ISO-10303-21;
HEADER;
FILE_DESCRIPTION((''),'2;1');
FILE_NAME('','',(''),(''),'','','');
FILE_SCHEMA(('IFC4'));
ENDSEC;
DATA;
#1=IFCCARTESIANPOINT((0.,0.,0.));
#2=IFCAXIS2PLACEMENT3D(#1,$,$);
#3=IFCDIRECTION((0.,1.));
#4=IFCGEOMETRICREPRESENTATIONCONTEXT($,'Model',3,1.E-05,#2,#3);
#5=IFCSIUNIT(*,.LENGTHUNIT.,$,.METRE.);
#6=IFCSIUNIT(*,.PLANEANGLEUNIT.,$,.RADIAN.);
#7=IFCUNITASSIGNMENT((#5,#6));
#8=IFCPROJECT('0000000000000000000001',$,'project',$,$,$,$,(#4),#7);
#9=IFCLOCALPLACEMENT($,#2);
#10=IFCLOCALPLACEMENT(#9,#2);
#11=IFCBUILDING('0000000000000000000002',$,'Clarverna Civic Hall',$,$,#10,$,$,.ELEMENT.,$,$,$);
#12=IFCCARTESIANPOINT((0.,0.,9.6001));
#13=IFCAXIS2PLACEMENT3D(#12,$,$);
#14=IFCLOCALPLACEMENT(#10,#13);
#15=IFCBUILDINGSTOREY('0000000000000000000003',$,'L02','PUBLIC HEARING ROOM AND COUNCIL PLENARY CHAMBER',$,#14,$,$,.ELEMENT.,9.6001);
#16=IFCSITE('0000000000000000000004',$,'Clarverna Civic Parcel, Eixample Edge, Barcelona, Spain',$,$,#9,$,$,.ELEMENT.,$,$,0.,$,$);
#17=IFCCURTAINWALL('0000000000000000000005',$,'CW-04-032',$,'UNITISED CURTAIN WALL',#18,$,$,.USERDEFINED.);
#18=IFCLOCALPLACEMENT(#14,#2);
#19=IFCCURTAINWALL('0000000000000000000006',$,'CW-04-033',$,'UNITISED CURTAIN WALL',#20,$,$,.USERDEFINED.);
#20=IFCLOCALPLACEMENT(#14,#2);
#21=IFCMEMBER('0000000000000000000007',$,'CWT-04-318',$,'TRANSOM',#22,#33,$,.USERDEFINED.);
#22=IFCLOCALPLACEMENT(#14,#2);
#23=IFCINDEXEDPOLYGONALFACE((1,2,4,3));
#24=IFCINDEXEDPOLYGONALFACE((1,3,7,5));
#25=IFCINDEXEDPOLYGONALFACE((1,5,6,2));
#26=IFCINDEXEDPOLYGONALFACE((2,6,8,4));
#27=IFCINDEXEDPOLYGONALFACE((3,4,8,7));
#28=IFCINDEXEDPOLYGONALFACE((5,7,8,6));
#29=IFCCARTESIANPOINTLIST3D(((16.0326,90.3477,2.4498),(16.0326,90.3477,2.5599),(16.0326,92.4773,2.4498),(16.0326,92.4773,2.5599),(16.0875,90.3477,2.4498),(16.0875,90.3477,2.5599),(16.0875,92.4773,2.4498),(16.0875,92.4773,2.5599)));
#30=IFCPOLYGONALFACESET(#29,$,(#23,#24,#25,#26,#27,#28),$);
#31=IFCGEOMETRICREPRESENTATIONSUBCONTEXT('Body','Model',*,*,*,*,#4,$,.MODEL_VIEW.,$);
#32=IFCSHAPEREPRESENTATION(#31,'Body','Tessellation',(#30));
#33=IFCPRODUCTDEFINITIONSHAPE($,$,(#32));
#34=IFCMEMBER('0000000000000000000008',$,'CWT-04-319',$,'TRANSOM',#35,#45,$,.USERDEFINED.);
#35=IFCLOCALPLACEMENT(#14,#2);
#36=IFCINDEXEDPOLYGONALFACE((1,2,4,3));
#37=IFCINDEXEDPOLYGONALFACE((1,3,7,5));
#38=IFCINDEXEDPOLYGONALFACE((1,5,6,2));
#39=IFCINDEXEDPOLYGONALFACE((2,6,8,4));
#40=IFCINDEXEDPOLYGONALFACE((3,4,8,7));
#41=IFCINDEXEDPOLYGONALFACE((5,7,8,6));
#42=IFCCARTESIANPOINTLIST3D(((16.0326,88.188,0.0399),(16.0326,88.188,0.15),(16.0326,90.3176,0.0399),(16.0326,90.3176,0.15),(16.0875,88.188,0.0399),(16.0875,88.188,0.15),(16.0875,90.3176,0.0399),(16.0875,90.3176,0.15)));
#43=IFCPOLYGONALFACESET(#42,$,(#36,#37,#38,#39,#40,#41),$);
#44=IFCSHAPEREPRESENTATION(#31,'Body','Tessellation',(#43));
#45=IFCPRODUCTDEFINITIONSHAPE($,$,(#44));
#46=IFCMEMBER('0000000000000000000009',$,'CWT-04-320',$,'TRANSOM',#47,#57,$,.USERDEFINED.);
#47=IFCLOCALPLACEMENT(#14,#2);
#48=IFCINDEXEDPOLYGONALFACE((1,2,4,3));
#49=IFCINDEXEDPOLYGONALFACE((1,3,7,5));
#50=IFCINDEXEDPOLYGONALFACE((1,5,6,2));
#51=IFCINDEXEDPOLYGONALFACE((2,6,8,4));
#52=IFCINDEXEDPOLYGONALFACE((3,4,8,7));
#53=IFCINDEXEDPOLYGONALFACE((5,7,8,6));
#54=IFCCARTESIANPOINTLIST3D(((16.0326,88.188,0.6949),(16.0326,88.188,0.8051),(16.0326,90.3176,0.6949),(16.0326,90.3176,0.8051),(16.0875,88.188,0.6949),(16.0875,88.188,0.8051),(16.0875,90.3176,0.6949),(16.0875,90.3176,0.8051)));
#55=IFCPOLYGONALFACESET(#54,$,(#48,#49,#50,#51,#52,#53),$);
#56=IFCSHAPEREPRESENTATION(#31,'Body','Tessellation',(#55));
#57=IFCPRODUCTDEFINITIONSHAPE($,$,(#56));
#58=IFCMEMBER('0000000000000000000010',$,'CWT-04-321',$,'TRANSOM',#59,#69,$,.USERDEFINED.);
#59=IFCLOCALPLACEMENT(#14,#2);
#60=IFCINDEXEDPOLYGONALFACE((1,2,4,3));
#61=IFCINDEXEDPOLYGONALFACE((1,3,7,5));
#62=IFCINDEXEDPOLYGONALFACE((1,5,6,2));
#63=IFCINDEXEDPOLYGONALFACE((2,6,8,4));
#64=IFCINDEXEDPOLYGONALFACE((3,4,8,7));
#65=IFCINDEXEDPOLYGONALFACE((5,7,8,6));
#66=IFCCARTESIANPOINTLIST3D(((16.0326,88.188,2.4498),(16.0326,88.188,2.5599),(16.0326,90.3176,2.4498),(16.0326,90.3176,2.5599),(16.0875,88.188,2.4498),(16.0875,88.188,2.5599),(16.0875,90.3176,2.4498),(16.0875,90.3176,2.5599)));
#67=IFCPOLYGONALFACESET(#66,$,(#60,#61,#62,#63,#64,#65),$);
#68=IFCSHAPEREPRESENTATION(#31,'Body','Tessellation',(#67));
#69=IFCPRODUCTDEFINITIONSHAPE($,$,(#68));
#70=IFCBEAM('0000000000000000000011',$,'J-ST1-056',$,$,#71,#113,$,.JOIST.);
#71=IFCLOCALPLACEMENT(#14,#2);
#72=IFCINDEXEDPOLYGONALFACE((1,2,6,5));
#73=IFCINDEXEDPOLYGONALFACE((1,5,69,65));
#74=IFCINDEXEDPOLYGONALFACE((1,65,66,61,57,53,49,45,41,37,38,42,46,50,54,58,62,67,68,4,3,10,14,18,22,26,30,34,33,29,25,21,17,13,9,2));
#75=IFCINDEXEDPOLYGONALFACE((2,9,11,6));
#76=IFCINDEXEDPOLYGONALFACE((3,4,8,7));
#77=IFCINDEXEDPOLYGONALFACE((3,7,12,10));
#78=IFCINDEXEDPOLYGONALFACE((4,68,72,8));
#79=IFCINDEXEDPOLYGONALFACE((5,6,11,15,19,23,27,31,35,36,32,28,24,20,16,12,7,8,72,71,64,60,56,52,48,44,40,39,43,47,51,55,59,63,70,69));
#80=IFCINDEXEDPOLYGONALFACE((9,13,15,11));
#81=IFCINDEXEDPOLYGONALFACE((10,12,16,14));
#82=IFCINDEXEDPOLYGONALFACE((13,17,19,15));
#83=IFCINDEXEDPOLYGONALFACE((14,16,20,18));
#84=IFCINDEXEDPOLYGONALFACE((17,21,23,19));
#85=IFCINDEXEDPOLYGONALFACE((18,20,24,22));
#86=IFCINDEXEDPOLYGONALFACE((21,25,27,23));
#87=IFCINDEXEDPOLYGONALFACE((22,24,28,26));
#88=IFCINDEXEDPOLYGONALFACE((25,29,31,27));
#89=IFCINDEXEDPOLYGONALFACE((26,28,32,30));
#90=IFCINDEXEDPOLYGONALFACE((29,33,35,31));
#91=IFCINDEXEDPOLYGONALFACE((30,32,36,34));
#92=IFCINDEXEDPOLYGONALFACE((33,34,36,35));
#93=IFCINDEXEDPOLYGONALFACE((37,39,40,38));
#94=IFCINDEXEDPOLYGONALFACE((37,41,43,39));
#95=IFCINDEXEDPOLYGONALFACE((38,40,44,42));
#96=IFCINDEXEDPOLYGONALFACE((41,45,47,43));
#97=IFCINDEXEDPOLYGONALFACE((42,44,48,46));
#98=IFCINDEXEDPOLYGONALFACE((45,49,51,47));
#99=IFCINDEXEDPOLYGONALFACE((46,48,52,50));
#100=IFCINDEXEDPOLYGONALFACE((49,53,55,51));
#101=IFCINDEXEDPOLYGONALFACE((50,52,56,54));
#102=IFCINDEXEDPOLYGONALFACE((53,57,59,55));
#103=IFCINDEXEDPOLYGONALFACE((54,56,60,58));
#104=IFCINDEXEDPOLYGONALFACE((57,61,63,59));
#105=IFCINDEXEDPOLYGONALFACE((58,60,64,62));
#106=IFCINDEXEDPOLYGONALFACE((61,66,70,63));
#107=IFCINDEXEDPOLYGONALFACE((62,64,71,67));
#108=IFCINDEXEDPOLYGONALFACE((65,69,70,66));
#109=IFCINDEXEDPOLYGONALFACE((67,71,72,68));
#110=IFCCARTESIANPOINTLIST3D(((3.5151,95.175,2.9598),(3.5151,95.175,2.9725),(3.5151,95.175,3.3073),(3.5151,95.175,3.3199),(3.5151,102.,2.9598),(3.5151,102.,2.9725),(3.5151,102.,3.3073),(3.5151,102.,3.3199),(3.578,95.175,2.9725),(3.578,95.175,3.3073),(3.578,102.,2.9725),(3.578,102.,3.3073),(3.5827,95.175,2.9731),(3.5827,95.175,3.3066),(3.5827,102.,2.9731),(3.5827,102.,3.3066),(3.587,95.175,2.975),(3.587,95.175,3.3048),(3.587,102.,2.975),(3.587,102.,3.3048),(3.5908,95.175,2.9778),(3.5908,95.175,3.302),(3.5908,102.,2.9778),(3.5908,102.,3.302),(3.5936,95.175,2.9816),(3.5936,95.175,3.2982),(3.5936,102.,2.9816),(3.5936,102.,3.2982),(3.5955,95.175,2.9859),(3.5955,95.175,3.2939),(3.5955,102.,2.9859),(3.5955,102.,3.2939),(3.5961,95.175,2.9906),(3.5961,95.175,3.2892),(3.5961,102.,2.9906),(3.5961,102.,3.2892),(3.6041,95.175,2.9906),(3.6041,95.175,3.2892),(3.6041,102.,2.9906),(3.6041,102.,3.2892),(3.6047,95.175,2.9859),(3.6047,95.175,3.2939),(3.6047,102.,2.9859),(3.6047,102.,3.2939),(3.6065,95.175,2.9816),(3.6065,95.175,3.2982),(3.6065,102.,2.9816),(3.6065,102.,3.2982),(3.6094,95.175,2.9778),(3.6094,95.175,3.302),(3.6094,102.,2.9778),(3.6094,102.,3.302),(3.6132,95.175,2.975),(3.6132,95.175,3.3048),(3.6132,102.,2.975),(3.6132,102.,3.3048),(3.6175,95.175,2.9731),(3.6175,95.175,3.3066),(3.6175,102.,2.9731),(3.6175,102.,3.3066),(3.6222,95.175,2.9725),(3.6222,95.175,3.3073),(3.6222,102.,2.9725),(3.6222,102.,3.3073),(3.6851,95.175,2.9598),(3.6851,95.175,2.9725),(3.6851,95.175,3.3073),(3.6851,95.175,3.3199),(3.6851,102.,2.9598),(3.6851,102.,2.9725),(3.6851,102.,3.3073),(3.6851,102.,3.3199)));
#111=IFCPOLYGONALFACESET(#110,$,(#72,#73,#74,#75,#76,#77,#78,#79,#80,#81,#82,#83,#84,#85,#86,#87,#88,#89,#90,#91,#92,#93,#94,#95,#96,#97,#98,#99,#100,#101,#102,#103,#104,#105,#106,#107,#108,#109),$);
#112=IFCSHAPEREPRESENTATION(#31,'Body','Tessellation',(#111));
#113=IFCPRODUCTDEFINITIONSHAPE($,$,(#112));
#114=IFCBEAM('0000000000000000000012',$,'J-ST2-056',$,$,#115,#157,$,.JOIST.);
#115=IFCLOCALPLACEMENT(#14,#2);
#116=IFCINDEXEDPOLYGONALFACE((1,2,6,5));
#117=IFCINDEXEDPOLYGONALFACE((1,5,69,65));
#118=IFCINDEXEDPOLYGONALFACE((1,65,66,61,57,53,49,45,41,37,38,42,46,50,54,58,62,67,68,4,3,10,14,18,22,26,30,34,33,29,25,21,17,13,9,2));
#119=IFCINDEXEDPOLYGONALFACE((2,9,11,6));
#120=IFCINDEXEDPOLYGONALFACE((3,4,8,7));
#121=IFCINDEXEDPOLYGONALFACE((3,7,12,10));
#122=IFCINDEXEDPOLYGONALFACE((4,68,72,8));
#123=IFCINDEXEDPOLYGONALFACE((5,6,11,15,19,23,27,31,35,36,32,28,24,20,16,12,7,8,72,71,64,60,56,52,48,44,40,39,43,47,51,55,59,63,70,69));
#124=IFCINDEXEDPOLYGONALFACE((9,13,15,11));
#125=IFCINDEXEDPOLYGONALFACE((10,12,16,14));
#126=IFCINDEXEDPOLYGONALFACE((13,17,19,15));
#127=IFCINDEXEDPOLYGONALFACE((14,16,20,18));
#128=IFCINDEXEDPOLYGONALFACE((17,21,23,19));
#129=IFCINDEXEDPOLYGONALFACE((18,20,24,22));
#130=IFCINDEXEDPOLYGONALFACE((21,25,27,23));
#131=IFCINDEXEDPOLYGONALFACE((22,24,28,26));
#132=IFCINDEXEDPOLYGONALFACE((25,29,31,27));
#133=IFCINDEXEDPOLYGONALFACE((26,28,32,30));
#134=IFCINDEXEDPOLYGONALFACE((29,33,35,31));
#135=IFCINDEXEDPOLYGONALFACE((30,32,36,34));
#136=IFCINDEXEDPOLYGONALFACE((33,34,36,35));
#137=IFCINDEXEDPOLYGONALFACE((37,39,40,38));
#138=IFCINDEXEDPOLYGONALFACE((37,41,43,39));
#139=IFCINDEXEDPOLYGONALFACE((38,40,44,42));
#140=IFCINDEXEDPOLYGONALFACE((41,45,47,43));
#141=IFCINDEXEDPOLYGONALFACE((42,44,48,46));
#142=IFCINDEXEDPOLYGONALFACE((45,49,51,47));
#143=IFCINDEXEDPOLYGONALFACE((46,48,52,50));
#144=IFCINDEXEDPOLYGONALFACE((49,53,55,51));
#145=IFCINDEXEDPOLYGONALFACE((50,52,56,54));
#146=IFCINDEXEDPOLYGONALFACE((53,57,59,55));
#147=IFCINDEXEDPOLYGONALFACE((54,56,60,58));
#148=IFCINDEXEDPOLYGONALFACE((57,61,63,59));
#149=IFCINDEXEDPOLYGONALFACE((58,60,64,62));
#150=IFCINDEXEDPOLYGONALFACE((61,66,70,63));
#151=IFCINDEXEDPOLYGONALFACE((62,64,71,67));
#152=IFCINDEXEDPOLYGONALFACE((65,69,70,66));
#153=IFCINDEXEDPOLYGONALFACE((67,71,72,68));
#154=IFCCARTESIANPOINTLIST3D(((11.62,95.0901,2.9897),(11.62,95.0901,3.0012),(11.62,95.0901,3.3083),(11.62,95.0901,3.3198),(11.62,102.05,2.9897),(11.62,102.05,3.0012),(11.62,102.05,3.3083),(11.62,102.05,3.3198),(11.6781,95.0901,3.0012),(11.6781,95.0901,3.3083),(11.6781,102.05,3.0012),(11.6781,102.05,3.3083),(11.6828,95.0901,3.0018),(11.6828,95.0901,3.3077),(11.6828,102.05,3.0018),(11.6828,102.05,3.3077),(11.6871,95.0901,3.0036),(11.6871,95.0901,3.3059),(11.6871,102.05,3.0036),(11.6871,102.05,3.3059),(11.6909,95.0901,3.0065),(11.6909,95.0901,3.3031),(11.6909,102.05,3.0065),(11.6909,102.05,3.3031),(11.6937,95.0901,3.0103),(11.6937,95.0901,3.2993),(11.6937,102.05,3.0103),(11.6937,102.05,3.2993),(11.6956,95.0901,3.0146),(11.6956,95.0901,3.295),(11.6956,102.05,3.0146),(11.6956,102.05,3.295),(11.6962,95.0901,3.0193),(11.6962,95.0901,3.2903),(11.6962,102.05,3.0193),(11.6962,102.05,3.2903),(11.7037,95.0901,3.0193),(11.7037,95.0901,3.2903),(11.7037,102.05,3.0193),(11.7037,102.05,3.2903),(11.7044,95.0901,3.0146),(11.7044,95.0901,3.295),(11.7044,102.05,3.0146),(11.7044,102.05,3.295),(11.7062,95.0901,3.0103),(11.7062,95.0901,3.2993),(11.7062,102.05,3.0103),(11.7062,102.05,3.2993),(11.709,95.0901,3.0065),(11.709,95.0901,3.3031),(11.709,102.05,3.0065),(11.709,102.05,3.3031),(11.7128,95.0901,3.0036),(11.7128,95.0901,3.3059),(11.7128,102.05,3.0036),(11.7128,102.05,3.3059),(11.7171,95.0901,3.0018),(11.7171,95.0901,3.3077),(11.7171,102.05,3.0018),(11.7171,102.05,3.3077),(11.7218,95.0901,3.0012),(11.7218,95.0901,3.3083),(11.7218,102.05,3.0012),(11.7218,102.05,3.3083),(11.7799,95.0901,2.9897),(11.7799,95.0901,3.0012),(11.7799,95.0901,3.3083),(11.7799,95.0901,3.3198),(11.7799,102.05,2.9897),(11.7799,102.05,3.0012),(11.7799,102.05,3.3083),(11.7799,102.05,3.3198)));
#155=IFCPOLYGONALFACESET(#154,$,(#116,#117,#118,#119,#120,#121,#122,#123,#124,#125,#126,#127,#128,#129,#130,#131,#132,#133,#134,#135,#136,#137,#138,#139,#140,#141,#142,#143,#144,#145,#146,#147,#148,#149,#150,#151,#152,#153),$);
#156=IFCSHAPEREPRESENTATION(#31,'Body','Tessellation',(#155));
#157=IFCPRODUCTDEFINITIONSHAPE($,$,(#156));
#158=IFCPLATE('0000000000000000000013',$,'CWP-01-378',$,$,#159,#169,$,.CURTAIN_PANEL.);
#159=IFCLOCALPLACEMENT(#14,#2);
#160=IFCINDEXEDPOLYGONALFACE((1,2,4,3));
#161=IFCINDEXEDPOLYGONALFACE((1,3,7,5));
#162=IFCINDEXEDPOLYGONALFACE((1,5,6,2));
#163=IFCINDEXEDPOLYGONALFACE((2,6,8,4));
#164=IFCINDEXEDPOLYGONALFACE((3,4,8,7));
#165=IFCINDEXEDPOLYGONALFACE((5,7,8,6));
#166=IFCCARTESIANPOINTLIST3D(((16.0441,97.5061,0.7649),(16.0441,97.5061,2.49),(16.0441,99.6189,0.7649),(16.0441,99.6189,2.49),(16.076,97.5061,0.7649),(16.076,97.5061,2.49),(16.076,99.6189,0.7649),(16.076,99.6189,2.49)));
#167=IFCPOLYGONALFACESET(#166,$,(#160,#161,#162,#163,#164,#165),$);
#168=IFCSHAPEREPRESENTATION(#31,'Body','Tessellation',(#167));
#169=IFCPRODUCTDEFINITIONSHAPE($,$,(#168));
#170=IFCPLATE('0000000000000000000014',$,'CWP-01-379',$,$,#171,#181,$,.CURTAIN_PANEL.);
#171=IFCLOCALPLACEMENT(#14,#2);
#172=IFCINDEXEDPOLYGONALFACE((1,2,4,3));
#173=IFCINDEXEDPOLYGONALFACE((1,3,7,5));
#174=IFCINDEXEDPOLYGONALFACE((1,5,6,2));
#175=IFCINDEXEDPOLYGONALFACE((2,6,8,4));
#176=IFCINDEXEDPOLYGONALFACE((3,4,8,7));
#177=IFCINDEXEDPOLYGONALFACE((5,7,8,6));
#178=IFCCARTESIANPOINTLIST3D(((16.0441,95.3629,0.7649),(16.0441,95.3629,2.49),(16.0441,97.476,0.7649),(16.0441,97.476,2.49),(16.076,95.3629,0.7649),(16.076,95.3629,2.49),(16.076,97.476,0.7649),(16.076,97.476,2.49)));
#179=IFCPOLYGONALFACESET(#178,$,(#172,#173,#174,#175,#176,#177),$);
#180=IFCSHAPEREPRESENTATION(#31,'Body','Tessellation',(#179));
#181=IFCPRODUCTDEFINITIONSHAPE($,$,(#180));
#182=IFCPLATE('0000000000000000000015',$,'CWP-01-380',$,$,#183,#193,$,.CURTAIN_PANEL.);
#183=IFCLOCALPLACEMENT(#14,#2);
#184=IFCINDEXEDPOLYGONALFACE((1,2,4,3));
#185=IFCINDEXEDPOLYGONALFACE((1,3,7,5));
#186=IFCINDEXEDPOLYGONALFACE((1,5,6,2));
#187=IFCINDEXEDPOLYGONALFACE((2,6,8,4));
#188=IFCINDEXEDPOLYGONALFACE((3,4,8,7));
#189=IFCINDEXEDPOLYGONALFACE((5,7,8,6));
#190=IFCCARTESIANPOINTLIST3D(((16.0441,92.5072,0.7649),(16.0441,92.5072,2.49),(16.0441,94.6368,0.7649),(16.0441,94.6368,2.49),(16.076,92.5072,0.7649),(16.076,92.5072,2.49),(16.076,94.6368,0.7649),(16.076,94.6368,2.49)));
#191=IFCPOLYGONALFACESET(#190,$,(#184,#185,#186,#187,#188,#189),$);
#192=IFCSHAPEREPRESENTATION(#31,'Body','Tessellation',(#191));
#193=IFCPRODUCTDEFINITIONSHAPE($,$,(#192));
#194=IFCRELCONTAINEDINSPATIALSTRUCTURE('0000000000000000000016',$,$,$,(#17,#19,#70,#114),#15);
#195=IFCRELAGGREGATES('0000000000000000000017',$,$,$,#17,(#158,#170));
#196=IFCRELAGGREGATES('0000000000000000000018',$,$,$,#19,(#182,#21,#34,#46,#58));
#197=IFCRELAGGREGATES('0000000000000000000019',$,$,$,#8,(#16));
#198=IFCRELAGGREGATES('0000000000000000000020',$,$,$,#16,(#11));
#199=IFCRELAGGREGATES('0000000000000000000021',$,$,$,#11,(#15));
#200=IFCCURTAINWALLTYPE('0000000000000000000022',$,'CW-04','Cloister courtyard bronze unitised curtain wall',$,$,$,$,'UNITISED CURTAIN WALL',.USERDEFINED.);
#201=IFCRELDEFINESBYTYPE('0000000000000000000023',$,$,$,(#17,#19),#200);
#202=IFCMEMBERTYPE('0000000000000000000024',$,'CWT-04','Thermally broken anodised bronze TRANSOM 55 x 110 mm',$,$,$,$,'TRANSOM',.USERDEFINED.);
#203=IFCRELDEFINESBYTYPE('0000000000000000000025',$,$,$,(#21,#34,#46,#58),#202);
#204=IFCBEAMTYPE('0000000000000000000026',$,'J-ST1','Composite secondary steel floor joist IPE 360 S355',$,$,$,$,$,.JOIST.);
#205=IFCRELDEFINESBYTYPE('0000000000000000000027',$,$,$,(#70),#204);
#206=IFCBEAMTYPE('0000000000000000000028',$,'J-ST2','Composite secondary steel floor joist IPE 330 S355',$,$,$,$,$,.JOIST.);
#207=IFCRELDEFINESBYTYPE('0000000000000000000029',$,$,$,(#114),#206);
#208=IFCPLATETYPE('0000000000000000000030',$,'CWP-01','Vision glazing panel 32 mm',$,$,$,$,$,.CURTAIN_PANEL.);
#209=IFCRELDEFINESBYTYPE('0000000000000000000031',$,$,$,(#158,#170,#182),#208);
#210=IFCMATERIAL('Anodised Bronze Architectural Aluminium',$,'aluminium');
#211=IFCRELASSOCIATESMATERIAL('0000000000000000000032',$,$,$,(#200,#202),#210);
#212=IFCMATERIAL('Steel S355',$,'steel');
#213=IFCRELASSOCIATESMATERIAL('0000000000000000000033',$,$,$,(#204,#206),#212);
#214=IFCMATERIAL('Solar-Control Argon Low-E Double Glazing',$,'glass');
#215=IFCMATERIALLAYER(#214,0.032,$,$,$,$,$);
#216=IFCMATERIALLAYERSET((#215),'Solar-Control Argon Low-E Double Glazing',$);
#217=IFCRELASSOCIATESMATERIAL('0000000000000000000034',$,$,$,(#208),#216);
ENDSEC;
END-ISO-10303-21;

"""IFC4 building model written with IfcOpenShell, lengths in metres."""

from ifc_helpers import new_model, si_unit, direction, frame, frame_2d, origin, origin_2d, place, context, subcontext, project, spatial, rectangle, i_section, extrude, material, layer, layer_set, material_profile, profile_set, type_object, element, aggregate, save


model = new_model("IFC4")

# Units and contexts
model_context = context("Model", 3, precision=1e-05, world=origin(), true_north=direction((0.0, 1.0)))
body_context = subcontext(model_context, "Body", "Model", "MODEL_VIEW")
ifc_project = project(units=[si_unit("LENGTHUNIT", "METRE"), si_unit("PLANEANGLEUNIT", "RADIAN")], contexts=[model_context])

# Site, building, storey
site_placement = place(None, origin())
site = spatial("IfcSite", under=ifc_project, at=site_placement, Name="Clarverna Civic Parcel, Eixample Edge, Barcelona, Spain", CompositionType="ELEMENT", RefElevation=0.0)
building_placement = place(site_placement, origin())
building = spatial("IfcBuilding", under=site, at=building_placement, Name="Clarverna Civic Hall", CompositionType="ELEMENT")
storey_placement = place(building_placement, frame((0.0, 0.0, 9.6001)))
storey = spatial("IfcBuildingStorey", under=building, at=storey_placement, Name="L02", Description="PUBLIC HEARING ROOM AND COUNCIL PLENARY CHAMBER", CompositionType="ELEMENT", Elevation=9.6001)

# Shared definitions
ifc_material_1 = material(Name="Steel S355", Category="steel")

# Curtain walls
ifc_material_2 = material(Name="Anodised Bronze Architectural Aluminium", Category="aluminium")
curtain_wall_type = type_object("IfcCurtainWallType", Name="CW-04", Description="Cloister courtyard bronze unitised curtain wall", ElementType="UNITISED CURTAIN WALL", PredefinedType="USERDEFINED", material=ifc_material_2)
curtain_wall_1_placement = place(storey_placement, origin())
curtain_wall_1 = element("IfcCurtainWall", 1, at=curtain_wall_1_placement, inside=storey, type_object=curtain_wall_type, Name="CW-04-032", ObjectType="UNITISED CURTAIN WALL", PredefinedType="USERDEFINED")
curtain_wall_2_placement = place(storey_placement, origin())
curtain_wall_2 = element("IfcCurtainWall", 2, at=curtain_wall_2_placement, inside=storey, type_object=curtain_wall_type, Name="CW-04-033", ObjectType="UNITISED CURTAIN WALL", PredefinedType="USERDEFINED")

# Members
ifc_material_profile_1 = material_profile(ifc_material_2, rectangle(XDim=0.0549, YDim=0.1101, at=origin_2d()), Name="BRONZE 55x110")
ifc_profile_set_1 = profile_set([ifc_material_profile_1], Name="Anodised Bronze Architectural Aluminium")
member_type_1 = type_object("IfcMemberType", Name="CWT-04", Description="Thermally broken anodised bronze TRANSOM 55 x 110 mm", ElementType="TRANSOM", PredefinedType="USERDEFINED", material=ifc_profile_set_1)
member_1_placement = place(storey_placement, frame((16.0601, 92.4773, 2.5049), z_axis=(0.0, -1.0, 0.0), x_axis=(1.0, 0.0, 0.0)))
member_1 = element("IfcMember", 3, at=member_1_placement, type_object=member_type_1, Name="CWT-04-318", ObjectType="TRANSOM", PredefinedType="USERDEFINED", context=body_context, shape_type="SweptSolid", body=[
    extrude(rectangle(XDim=0.0549, YDim=0.1101, at=origin_2d()), origin(), (0.0, 0.0, 1.0), 2.1296),
])
member_2_placement = place(storey_placement, frame((16.0601, 90.3176, 0.095), z_axis=(0.0, -1.0, 0.0), x_axis=(1.0, 0.0, 0.0)))
member_2 = element("IfcMember", 4, at=member_2_placement, type_object=member_type_1, Name="CWT-04-319", ObjectType="TRANSOM", PredefinedType="USERDEFINED", context=body_context, shape_type="SweptSolid", body=[
    extrude(rectangle(XDim=0.0549, YDim=0.1101, at=origin_2d()), origin(), (0.0, 0.0, 1.0), 2.1296),
])
member_3_placement = place(storey_placement, frame((16.0601, 90.3176, 0.75), z_axis=(0.0, -1.0, 0.0), x_axis=(1.0, 0.0, 0.0)))
member_3 = element("IfcMember", 5, at=member_3_placement, type_object=member_type_1, Name="CWT-04-320", ObjectType="TRANSOM", PredefinedType="USERDEFINED", context=body_context, shape_type="SweptSolid", body=[
    extrude(rectangle(XDim=0.0549, YDim=0.1101, at=origin_2d()), origin(), (0.0, 0.0, 1.0), 2.1296),
])
member_4_placement = place(storey_placement, frame((16.0601, 90.3176, 2.5049), z_axis=(0.0, -1.0, 0.0), x_axis=(1.0, 0.0, 0.0)))
member_4 = element("IfcMember", 6, at=member_4_placement, type_object=member_type_1, Name="CWT-04-321", ObjectType="TRANSOM", PredefinedType="USERDEFINED", context=body_context, shape_type="SweptSolid", body=[
    extrude(rectangle(XDim=0.0549, YDim=0.1101, at=origin_2d()), origin(), (0.0, 0.0, 1.0), 2.1296),
])

# Beams
ifc_material_profile_2 = material_profile(ifc_material_1, i_section(OverallWidth=0.1699, OverallDepth=0.3601, WebThickness=0.0081, FlangeThickness=0.0127, FilletRadius=0.0181, at=origin_2d()), Name="IPE 360")
ifc_profile_set_2 = profile_set([ifc_material_profile_2], Name="Steel S355")
beam_type_1 = type_object("IfcBeamType", Name="J-ST1", Description="Composite secondary steel floor joist IPE 360 S355", PredefinedType="JOIST", material=ifc_profile_set_2)
beam_1_placement = place(storey_placement, frame((3.6001, 95.175, 3.1399), z_axis=(0.0, 1.0, 0.0), x_axis=(-1.0, 0.0, 0.0)))
element("IfcBeam", 7, at=beam_1_placement, inside=storey, type_object=beam_type_1, Name="J-ST1-056", PredefinedType="JOIST", context=body_context, shape_type="SweptSolid", body=[
    extrude(i_section(OverallWidth=0.1699, OverallDepth=0.3601, WebThickness=0.0081, FlangeThickness=0.0127, FilletRadius=0.0181, at=origin_2d()), origin(), (0.0, 0.0, 1.0), 6.825),
])
ifc_material_profile_3 = material_profile(ifc_material_1, i_section(OverallWidth=0.1599, OverallDepth=0.3301, WebThickness=0.0076, FlangeThickness=0.0115, FilletRadius=0.0181, at=origin_2d()), Name="IPE 330")
ifc_profile_set_3 = profile_set([ifc_material_profile_3], Name="Steel S355")
beam_type_2 = type_object("IfcBeamType", Name="J-ST2", Description="Composite secondary steel floor joist IPE 330 S355", PredefinedType="JOIST", material=ifc_profile_set_3)
beam_2_placement = place(storey_placement, frame((11.7, 95.0901, 3.1548), z_axis=(0.0, 1.0, 0.0), x_axis=(-1.0, 0.0, 0.0)))
element("IfcBeam", 8, at=beam_2_placement, inside=storey, type_object=beam_type_2, Name="J-ST2-056", PredefinedType="JOIST", context=body_context, shape_type="SweptSolid", body=[
    extrude(i_section(OverallWidth=0.1599, OverallDepth=0.3301, WebThickness=0.0076, FlangeThickness=0.0115, FilletRadius=0.0181, at=origin_2d()), origin(), (0.0, 0.0, 1.0), 6.96),
])

# Plates
ifc_material_3 = material(Name="Solar-Control Argon Low-E Double Glazing", Category="glass")
ifc_layer_1 = layer(ifc_material_3, 0.032)
ifc_layer_set_1 = layer_set([ifc_layer_1], Name="Solar-Control Argon Low-E Double Glazing")
plate_type_1 = type_object("IfcPlateType", Name="CWP-01", Description="Vision glazing panel 32 mm", PredefinedType="CURTAIN_PANEL", material=ifc_layer_set_1)
plate_1_placement = place(storey_placement, frame((16.0601, 99.6189, 0.7649), z_axis=(0.0, 0.0, 1.0), x_axis=(0.0, -1.0, 0.0)))
plate_1 = element("IfcPlate", 9, at=plate_1_placement, type_object=plate_type_1, Name="CWP-01-378", PredefinedType="CURTAIN_PANEL", context=body_context, shape_type="SweptSolid", body=[
    extrude(rectangle(XDim=2.1128, YDim=0.032, at=frame_2d((1.0564, 0.0))), origin(), (0.0, 0.0, 1.0), 1.7251),
])
plate_2_placement = place(storey_placement, frame((16.0601, 97.4761, 0.7649), z_axis=(0.0, 0.0, 1.0), x_axis=(0.0, -1.0, 0.0)))
plate_2 = element("IfcPlate", 10, at=plate_2_placement, type_object=plate_type_1, Name="CWP-01-379", PredefinedType="CURTAIN_PANEL", context=body_context, shape_type="SweptSolid", body=[
    extrude(rectangle(XDim=2.113, YDim=0.032, at=frame_2d((1.0566, 0.0))), origin(), (0.0, 0.0, 1.0), 1.7251),
])
plate_3_placement = place(storey_placement, frame((16.0601, 94.637, 0.7649), z_axis=(0.0, 0.0, 1.0), x_axis=(0.0, -1.0, 0.0)))
plate_3 = element("IfcPlate", 11, at=plate_3_placement, type_object=plate_type_1, Name="CWP-01-380", PredefinedType="CURTAIN_PANEL", context=body_context, shape_type="SweptSolid", body=[
    extrude(rectangle(XDim=2.1296, YDim=0.032, at=frame_2d((1.0649, 0.0))), origin(), (0.0, 0.0, 1.0), 1.7251),
])
aggregate(curtain_wall_1, [plate_1, plate_2])
aggregate(curtain_wall_2, [plate_3, member_1, member_2, member_3, member_4])

save(model, "model.ifc")
